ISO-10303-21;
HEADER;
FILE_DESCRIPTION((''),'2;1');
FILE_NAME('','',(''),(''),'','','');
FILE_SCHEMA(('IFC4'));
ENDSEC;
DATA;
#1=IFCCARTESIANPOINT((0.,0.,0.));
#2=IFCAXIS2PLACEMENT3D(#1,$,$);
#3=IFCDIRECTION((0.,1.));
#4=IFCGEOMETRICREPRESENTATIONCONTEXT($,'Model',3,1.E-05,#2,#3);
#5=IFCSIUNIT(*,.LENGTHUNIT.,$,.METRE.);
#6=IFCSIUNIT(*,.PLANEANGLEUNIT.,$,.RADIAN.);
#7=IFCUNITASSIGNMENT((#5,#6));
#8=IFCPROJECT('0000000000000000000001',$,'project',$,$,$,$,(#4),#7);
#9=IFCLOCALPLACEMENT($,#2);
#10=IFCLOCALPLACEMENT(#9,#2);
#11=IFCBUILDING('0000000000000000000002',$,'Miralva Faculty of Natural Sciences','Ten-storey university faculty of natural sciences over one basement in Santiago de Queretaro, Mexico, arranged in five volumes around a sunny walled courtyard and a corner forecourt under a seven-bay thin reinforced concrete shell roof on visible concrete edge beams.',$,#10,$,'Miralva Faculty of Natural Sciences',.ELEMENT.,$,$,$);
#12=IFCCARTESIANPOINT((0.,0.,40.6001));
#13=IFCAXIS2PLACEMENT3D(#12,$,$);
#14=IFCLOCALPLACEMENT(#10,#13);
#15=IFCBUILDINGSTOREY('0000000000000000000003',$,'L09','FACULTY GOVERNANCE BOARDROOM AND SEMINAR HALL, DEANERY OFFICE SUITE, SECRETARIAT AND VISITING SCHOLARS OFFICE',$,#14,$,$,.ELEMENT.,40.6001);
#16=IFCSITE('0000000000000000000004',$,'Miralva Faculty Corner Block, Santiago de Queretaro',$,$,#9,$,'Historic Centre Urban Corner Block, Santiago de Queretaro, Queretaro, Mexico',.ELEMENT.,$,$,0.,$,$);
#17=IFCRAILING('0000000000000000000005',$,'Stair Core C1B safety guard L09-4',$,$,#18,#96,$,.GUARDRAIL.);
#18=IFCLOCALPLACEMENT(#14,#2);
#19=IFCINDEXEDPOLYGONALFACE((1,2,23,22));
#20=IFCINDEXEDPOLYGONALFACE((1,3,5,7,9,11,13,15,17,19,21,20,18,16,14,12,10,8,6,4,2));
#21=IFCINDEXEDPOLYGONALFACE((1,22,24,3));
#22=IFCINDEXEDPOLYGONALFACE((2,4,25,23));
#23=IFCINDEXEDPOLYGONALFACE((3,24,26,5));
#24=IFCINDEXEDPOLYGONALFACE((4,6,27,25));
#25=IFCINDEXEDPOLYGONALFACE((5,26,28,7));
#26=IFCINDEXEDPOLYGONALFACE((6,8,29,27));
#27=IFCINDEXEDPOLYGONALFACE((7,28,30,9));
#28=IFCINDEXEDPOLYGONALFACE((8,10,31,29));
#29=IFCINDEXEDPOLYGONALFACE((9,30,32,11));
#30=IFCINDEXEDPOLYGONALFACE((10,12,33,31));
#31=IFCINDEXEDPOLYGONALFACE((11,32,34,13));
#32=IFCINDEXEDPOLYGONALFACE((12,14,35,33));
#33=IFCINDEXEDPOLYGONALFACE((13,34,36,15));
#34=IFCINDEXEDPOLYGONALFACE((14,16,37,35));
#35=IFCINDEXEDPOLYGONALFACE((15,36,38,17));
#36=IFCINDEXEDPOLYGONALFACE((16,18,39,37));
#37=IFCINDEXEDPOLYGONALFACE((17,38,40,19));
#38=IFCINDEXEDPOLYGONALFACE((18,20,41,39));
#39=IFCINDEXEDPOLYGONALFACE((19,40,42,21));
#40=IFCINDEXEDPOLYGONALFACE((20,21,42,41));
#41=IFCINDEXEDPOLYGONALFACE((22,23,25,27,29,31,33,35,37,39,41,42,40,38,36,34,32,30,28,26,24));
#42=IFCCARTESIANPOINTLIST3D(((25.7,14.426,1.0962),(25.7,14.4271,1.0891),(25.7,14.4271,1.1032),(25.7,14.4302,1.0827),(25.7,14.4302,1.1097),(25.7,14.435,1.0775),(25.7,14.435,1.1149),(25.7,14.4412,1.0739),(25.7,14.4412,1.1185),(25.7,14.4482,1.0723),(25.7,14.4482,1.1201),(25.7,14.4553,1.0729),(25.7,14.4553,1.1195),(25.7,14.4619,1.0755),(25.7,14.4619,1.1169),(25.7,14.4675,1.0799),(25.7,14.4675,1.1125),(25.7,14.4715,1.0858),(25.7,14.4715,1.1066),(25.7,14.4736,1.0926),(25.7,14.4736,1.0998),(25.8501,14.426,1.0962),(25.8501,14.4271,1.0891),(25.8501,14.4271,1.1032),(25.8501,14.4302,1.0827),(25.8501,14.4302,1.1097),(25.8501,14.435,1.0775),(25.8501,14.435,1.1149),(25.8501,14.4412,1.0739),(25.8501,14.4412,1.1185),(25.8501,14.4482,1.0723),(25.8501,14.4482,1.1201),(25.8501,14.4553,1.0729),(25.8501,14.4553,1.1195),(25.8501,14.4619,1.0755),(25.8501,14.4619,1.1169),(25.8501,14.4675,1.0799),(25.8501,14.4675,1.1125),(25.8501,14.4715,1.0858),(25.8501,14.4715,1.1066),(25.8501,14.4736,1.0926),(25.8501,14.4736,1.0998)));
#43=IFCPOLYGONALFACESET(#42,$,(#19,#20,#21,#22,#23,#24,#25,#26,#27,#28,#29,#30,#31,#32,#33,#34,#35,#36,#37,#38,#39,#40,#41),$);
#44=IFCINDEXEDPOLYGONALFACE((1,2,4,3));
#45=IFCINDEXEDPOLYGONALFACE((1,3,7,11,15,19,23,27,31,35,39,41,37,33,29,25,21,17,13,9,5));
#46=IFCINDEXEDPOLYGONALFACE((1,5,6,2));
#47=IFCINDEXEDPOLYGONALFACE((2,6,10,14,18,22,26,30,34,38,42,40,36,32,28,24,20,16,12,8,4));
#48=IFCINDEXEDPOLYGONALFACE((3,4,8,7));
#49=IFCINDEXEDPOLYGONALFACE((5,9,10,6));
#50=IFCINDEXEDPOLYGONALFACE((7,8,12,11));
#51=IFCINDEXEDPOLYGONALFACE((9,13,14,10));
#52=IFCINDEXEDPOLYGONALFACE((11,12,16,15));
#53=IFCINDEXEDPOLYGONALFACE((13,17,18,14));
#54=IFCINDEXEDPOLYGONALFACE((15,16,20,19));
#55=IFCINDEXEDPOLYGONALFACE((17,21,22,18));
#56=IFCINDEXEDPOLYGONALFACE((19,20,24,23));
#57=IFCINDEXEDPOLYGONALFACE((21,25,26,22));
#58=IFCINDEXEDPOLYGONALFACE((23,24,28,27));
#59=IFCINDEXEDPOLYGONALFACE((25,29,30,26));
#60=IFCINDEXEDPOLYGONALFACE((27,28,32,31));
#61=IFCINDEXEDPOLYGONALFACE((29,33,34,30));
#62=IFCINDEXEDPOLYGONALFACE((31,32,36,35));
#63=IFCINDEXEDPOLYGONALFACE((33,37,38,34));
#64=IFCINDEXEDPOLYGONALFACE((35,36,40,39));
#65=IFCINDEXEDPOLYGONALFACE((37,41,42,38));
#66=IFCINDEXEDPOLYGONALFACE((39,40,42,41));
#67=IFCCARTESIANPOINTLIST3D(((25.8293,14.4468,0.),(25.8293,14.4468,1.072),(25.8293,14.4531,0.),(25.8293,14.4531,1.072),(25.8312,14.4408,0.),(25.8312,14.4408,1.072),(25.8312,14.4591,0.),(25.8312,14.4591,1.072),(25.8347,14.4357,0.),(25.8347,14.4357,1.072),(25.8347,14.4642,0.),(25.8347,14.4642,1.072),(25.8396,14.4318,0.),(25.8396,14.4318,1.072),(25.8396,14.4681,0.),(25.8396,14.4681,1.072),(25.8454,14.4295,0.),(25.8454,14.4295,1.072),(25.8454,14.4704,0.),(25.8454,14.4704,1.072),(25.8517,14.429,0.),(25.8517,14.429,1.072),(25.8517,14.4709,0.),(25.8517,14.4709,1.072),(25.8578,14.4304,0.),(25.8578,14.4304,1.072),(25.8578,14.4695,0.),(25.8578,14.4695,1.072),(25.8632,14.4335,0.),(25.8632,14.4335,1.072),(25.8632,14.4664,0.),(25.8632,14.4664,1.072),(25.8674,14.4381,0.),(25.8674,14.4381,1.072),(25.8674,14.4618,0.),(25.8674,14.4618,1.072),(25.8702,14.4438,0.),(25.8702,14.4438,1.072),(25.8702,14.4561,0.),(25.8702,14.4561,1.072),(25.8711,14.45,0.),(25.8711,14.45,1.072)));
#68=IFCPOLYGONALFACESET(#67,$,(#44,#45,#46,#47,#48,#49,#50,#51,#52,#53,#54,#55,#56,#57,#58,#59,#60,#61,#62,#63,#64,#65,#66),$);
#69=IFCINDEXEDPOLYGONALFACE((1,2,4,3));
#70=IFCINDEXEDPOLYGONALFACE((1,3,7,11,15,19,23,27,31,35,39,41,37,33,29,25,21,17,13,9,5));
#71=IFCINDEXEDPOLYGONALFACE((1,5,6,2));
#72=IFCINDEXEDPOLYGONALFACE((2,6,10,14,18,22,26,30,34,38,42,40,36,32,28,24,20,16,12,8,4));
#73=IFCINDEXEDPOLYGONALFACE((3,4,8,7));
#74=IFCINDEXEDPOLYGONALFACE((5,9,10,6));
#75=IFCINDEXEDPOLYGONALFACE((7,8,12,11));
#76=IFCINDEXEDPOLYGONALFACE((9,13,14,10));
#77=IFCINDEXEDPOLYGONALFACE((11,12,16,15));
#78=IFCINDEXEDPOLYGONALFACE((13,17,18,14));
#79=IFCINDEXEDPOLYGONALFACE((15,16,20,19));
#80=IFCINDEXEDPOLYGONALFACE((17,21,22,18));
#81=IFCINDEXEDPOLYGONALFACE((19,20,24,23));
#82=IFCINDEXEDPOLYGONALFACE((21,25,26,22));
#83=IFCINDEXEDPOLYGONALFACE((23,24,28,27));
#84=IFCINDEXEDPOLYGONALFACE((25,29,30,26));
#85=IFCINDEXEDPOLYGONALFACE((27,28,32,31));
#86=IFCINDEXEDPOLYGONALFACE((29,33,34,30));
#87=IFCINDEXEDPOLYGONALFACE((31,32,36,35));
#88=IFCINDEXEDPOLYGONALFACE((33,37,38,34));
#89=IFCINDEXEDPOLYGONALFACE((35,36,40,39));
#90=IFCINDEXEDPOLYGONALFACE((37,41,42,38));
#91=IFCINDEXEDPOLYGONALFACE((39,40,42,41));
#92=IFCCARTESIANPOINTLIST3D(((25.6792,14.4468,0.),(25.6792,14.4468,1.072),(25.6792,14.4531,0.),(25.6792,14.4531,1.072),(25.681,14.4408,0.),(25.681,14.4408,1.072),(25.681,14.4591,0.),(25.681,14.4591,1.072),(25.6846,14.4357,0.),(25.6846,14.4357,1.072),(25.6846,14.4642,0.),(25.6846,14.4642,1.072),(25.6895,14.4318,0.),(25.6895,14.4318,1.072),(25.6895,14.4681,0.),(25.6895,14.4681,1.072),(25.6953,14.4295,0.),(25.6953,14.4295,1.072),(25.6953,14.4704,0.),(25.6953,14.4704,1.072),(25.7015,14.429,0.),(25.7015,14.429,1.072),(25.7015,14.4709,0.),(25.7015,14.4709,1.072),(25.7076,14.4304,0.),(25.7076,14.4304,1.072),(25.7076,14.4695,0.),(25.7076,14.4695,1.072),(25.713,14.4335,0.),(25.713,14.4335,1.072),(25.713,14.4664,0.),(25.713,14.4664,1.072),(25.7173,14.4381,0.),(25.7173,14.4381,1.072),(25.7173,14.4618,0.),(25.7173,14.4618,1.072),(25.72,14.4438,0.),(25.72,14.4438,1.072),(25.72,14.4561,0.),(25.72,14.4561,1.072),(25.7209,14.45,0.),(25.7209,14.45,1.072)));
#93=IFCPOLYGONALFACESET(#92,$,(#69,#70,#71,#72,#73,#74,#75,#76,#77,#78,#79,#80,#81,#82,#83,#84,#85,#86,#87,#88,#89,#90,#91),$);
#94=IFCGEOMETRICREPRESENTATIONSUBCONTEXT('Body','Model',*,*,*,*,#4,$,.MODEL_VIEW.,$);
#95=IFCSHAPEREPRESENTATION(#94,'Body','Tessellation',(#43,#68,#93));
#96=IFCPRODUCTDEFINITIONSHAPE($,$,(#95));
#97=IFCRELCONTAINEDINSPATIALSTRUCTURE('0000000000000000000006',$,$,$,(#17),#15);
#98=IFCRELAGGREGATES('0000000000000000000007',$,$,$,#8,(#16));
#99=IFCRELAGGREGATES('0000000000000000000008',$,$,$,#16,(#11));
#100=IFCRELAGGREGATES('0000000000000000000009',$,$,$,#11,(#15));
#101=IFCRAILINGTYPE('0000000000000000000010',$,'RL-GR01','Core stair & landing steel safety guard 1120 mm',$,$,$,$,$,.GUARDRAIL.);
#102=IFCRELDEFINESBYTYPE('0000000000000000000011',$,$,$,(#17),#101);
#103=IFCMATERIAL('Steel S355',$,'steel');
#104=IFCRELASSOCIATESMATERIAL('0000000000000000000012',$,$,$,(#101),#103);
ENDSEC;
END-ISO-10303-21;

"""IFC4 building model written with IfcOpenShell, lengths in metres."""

from ifc_helpers import new_model, si_unit, direction, frame, origin, origin_2d, place, context, subcontext, project, spatial, circle, extrude, material, type_object, element, save


model = new_model("IFC4")

# Units and contexts
model_context = context("Model", 3, precision=1e-05, world=origin(), true_north=direction((0.0, 1.0)))
body_context = subcontext(model_context, "Body", "Model", "MODEL_VIEW")
ifc_project = project(units=[si_unit("LENGTHUNIT", "METRE"), si_unit("PLANEANGLEUNIT", "RADIAN")], contexts=[model_context])

# Site, building, storey
site_placement = place(None, origin())
site = spatial("IfcSite", under=ifc_project, at=site_placement, Name="Miralva Faculty Corner Block, Santiago de Queretaro", LongName="Historic Centre Urban Corner Block, Santiago de Queretaro, Queretaro, Mexico", CompositionType="ELEMENT", RefElevation=0.0)
building_placement = place(site_placement, origin())
building = spatial("IfcBuilding", under=site, at=building_placement, Name="Miralva Faculty of Natural Sciences", Description="Ten-storey university faculty of natural sciences over one basement in Santiago de Queretaro, Mexico, arranged in five volumes around a sunny walled courtyard and a corner forecourt under a seven-bay thin reinforced concrete shell roof on visible concrete edge beams.", LongName="Miralva Faculty of Natural Sciences", CompositionType="ELEMENT")
storey_placement = place(building_placement, frame((0.0, 0.0, 40.6001)))
storey = spatial("IfcBuildingStorey", under=building, at=storey_placement, Name="L09", Description="FACULTY GOVERNANCE BOARDROOM AND SEMINAR HALL, DEANERY OFFICE SUITE, SECRETARIAT AND VISITING SCHOLARS OFFICE", CompositionType="ELEMENT", Elevation=40.6001)

# Railing
ifc_material_1 = material(Name="Steel S355", Category="steel")
railing_type_1 = type_object("IfcRailingType", Name="RL-GR01", Description="Core stair & landing steel safety guard 1120 mm", PredefinedType="GUARDRAIL", material=ifc_material_1)
railing_1_placement = place(storey_placement, frame((25.8501, 14.45, 0.0)))
element("IfcRailing", 1, at=railing_1_placement, inside=storey, type_object=railing_type_1, Name="Stair Core C1B safety guard L09-4", PredefinedType="GUARDRAIL", context=body_context, shape_type="SweptSolid", body=[
    extrude(circle(Radius=0.0239, at=origin_2d()), frame((0.0, 0.0, 1.0962), z_axis=(-1.0, 0.0, 0.0), x_axis=(0.0, -1.0, 0.0)), (0.0, 0.0, 1.0), 0.1501),
    extrude(circle(Radius=0.021, at=origin_2d()), origin(), (0.0, 0.0, 1.0), 1.072),
    extrude(circle(Radius=0.021, at=origin_2d()), frame((-0.1501, 0.0, 0.0)), (0.0, 0.0, 1.0), 1.072),
])

save(model, "model.ifc")
